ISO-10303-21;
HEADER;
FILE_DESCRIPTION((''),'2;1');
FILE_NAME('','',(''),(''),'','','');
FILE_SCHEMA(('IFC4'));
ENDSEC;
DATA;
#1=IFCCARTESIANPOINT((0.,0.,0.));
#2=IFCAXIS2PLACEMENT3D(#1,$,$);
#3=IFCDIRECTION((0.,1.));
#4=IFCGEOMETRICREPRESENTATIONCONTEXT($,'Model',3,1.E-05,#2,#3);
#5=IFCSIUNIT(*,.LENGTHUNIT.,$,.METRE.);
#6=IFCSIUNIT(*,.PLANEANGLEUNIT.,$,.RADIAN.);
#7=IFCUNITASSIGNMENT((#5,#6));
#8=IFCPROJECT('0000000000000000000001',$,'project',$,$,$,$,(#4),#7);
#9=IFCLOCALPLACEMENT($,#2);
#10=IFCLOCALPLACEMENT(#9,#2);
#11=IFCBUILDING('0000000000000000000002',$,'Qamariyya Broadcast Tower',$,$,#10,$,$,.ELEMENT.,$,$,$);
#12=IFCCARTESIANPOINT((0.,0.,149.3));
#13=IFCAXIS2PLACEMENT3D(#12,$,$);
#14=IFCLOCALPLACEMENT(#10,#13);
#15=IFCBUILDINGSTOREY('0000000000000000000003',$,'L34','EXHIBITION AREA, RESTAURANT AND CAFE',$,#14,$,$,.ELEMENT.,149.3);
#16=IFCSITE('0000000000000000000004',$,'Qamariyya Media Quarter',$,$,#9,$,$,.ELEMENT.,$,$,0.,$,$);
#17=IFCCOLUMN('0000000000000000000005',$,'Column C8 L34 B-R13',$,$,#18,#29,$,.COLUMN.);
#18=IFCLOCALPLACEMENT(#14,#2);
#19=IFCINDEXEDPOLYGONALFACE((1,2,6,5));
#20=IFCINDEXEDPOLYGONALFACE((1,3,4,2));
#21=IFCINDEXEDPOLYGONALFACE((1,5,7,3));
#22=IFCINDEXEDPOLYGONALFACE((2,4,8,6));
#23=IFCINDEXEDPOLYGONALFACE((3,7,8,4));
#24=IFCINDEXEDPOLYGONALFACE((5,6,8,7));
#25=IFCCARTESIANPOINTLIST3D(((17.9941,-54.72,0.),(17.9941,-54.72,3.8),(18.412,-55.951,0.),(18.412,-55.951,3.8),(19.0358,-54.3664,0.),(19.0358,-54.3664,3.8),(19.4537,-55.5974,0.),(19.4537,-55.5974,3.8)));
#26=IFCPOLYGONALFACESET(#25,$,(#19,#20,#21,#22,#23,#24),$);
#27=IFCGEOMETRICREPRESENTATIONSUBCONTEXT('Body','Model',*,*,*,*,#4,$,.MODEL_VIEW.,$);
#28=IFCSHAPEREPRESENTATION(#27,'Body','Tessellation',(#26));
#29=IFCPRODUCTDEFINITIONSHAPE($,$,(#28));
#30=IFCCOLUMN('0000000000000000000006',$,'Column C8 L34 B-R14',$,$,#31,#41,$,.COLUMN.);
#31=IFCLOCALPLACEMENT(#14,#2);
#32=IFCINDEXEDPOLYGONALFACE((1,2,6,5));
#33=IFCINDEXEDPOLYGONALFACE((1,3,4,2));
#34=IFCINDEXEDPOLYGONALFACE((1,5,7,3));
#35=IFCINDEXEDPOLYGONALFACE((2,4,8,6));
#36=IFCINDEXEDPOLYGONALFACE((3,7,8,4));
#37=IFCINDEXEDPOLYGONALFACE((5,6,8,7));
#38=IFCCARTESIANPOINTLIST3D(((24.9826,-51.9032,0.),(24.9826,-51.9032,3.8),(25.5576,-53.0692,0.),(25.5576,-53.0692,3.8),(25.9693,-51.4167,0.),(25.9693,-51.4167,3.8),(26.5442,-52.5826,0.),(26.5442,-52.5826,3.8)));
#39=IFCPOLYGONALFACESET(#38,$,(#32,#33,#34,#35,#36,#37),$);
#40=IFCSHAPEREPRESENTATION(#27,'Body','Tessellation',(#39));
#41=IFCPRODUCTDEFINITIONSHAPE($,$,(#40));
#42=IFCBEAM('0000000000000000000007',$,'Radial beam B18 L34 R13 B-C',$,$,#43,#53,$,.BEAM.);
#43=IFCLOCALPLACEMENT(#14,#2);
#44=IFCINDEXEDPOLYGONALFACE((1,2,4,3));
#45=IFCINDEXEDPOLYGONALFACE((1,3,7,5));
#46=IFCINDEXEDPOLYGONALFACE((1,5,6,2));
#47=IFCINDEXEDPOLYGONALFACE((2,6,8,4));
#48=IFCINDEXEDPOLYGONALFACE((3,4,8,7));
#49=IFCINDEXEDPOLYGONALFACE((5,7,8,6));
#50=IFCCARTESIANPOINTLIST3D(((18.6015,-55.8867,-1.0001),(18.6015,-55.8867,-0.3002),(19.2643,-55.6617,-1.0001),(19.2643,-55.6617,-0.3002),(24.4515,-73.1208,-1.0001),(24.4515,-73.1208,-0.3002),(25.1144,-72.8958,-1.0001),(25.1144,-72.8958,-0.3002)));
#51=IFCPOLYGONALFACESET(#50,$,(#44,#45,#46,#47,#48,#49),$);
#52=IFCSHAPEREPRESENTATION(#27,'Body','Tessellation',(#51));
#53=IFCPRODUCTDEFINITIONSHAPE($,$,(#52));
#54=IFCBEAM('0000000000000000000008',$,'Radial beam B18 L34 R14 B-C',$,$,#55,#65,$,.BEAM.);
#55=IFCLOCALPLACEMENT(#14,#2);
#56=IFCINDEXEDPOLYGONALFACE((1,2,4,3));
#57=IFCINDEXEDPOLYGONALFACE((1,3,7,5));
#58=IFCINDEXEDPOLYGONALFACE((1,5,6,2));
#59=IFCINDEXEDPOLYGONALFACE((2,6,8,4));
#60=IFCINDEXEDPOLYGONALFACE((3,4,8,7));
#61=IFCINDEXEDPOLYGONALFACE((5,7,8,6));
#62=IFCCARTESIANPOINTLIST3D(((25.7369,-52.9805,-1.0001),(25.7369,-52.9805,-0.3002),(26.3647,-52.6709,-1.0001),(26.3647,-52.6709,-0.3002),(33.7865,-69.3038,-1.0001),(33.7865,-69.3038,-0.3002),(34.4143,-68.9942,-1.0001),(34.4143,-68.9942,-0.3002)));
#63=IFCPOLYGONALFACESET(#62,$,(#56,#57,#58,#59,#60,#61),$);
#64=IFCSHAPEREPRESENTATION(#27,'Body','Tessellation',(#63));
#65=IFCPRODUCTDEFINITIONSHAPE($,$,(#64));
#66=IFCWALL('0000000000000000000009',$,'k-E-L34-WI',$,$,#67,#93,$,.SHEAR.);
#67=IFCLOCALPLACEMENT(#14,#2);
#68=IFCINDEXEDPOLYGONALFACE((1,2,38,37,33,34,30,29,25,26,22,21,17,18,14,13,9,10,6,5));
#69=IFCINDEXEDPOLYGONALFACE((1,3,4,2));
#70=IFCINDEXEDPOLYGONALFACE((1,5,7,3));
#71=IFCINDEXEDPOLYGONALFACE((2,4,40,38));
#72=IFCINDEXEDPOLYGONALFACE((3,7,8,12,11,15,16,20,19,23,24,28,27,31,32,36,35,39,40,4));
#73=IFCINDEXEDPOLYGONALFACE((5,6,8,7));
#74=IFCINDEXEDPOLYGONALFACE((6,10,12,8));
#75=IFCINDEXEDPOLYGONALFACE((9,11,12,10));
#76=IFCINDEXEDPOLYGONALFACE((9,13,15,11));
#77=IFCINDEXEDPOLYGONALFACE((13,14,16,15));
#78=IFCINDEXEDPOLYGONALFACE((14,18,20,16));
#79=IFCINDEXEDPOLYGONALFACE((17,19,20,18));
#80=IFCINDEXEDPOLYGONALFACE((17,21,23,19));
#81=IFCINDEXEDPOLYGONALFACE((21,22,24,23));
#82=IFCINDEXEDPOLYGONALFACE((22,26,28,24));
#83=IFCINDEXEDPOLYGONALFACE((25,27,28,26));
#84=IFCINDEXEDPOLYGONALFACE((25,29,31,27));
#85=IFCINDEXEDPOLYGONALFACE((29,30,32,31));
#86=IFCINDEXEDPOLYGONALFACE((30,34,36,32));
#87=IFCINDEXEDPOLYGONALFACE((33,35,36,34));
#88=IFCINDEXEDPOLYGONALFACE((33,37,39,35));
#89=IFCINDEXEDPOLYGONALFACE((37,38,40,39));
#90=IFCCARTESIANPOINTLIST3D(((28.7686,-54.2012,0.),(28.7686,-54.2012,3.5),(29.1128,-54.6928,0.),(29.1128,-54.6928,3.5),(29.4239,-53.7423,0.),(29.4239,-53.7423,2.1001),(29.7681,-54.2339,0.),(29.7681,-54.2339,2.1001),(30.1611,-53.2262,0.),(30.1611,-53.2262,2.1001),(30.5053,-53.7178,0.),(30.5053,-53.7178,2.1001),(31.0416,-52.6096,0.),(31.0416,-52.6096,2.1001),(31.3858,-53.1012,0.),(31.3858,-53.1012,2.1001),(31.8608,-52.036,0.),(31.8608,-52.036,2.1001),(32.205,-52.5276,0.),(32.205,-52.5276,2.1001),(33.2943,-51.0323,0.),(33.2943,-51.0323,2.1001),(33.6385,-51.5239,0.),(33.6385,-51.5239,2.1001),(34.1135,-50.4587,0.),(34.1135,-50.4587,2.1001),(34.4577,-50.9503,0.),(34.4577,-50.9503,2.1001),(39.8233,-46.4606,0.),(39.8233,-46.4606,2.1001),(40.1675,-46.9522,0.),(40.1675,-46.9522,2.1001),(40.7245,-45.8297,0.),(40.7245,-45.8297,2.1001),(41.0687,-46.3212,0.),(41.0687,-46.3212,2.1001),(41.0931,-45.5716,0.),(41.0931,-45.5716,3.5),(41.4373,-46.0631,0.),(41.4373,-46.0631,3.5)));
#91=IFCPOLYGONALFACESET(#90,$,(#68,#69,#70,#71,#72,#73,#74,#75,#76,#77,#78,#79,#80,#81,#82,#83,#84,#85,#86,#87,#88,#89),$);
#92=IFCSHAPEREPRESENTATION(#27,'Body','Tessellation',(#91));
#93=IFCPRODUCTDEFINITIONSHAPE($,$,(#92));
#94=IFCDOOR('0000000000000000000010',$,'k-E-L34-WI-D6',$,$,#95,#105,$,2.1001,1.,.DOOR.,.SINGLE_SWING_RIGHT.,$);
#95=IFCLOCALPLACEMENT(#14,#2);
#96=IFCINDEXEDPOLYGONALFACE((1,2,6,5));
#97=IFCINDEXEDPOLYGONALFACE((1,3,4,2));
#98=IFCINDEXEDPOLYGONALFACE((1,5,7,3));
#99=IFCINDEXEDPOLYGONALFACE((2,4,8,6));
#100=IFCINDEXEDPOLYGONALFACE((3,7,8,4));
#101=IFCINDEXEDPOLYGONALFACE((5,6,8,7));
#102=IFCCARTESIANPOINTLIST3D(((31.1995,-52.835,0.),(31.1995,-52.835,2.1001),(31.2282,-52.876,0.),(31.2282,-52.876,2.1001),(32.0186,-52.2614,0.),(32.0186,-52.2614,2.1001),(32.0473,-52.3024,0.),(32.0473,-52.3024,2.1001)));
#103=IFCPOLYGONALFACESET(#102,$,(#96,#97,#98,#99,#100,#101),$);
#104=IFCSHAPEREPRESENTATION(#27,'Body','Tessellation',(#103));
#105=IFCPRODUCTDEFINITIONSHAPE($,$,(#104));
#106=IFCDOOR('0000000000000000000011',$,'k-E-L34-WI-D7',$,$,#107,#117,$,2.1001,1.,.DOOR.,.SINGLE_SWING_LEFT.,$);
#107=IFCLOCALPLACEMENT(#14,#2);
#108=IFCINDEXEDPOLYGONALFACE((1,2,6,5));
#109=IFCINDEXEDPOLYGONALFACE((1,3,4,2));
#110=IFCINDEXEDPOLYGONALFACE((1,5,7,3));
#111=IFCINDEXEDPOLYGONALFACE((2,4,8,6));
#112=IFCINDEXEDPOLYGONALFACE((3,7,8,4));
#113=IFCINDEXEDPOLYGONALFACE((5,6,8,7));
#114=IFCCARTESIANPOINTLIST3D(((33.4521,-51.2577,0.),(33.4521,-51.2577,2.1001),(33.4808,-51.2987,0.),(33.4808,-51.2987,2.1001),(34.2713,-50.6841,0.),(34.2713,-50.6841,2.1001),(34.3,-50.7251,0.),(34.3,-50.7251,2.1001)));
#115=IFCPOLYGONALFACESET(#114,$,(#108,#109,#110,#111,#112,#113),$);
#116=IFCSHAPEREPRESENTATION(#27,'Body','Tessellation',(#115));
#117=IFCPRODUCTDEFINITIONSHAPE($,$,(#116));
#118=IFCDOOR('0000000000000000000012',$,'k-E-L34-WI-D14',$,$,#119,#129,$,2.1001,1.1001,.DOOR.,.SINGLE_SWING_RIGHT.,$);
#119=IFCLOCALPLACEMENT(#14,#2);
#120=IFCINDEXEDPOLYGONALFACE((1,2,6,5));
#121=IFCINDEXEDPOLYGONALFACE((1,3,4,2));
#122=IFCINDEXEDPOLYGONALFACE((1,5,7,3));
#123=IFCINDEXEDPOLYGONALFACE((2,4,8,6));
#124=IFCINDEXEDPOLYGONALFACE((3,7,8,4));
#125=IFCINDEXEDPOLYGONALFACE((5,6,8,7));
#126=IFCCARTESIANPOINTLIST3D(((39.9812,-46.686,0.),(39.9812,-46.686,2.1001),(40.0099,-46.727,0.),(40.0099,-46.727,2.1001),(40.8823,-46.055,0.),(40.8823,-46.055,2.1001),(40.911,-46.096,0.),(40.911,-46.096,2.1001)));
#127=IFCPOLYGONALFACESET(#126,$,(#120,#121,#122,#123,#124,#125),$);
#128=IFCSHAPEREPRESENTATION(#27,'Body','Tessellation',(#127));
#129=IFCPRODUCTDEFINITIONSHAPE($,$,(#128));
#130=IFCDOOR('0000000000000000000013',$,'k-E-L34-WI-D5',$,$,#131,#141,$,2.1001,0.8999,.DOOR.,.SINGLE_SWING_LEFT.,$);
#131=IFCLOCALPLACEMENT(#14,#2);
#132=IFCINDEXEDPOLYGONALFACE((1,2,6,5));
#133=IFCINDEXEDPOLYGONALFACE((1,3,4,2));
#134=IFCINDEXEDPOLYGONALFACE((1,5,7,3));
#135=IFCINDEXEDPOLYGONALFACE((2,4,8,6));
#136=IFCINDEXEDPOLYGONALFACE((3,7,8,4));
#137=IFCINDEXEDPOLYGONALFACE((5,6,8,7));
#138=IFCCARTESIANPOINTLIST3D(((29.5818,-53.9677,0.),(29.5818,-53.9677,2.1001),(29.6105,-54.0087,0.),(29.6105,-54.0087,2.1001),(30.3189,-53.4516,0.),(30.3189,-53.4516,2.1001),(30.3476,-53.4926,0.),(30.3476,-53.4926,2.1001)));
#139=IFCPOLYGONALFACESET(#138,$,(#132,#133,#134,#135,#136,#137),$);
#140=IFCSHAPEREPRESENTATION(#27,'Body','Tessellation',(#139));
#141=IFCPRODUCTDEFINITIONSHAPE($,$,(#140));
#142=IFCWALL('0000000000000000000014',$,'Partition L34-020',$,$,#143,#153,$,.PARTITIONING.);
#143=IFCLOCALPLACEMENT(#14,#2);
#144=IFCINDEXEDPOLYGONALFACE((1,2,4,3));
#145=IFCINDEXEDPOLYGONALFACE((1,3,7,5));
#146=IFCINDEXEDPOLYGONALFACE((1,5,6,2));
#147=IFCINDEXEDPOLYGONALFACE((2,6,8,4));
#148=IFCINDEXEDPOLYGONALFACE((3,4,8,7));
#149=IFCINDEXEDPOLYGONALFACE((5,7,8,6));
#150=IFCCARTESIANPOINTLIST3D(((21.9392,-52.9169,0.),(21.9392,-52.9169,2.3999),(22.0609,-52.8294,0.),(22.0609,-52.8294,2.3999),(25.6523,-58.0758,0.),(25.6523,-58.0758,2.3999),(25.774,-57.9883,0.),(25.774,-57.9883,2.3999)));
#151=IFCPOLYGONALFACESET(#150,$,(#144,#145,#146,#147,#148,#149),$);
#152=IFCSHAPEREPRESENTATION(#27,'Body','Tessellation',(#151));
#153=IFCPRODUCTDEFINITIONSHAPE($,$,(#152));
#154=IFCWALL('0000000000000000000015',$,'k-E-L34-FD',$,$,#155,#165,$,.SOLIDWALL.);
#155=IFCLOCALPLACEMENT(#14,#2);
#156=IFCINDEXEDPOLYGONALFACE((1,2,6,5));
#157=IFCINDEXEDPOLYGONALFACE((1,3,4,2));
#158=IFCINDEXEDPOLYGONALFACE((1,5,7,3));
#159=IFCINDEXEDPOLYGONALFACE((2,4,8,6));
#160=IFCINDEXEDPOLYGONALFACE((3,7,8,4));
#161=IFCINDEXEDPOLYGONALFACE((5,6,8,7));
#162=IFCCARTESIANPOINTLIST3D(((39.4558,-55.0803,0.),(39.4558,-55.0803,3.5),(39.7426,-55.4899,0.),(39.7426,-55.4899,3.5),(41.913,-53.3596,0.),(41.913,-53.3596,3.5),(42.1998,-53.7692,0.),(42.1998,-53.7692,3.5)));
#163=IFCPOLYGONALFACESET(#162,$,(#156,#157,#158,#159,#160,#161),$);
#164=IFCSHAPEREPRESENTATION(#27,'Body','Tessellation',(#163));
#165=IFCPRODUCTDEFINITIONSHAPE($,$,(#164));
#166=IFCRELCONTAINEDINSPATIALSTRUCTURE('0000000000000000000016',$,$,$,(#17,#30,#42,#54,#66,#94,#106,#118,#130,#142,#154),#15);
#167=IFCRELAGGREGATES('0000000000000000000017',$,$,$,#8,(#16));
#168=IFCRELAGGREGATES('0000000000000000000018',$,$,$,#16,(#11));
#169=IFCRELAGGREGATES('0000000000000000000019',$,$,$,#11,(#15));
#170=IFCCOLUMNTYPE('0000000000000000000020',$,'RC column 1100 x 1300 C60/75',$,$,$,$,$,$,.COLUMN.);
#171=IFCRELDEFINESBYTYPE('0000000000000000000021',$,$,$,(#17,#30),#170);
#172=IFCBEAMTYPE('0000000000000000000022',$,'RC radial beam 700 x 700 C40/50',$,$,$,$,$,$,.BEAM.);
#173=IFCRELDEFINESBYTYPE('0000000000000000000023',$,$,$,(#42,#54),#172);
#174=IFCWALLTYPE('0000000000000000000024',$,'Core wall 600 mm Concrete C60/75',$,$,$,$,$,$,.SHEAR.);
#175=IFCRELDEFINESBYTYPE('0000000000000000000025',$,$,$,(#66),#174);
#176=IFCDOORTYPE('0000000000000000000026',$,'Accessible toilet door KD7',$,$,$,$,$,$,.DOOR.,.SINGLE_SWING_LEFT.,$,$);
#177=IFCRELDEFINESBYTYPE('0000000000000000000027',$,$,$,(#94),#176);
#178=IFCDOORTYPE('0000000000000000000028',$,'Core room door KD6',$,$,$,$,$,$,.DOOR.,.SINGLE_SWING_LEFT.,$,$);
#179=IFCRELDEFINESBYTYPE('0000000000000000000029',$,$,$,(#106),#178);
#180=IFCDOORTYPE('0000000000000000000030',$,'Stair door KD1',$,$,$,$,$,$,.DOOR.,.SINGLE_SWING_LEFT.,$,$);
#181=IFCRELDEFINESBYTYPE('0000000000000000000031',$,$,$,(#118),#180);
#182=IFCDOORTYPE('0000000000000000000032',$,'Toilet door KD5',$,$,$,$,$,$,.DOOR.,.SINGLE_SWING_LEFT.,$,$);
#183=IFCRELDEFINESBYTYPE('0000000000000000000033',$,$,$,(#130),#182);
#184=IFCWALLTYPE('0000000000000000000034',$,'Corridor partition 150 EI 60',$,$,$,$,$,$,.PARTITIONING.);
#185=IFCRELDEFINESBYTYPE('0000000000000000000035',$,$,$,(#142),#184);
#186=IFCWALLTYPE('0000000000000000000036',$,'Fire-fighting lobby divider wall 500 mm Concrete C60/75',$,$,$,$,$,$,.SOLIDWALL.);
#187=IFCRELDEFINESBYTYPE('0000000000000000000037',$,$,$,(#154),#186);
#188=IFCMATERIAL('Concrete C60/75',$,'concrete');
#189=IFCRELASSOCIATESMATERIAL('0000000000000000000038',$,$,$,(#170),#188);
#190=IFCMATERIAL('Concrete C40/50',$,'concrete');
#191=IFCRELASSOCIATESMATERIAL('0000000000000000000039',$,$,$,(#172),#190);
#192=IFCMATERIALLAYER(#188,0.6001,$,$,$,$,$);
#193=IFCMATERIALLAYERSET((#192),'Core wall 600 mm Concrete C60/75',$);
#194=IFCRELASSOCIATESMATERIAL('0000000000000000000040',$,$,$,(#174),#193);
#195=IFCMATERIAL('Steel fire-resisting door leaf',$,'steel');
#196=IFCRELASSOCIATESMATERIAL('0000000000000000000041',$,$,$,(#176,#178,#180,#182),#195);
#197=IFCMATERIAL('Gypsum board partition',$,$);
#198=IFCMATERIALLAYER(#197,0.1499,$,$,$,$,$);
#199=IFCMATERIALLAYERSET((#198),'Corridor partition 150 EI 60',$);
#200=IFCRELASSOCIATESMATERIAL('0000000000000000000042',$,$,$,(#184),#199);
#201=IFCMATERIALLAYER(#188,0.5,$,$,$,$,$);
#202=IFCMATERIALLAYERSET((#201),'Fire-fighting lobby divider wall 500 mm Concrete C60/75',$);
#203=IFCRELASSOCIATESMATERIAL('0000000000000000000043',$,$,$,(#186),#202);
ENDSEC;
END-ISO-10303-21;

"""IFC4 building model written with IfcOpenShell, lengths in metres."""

from ifc_helpers import new_model, si_unit, direction, frame, frame_2d, origin, origin_2d, place, context, subcontext, project, spatial, rectangle, extrude, material, layer, layer_set, material_profile, profile_set, type_object, element, fill, save


model = new_model("IFC4")

# Units and contexts
model_context = context("Model", 3, precision=1e-05, world=origin(), true_north=direction((0.0, 1.0)))
body_context = subcontext(model_context, "Body", "Model", "MODEL_VIEW")
ifc_project = project(units=[si_unit("LENGTHUNIT", "METRE"), si_unit("PLANEANGLEUNIT", "RADIAN")], contexts=[model_context])

# Site, building, storey
site_placement = place(None, origin())
site = spatial("IfcSite", under=ifc_project, at=site_placement, Name="Qamariyya Media Quarter", CompositionType="ELEMENT", RefElevation=0.0)
building_placement = place(site_placement, origin())
building = spatial("IfcBuilding", under=site, at=building_placement, Name="Qamariyya Broadcast Tower", CompositionType="ELEMENT")
storey_placement = place(building_placement, frame((0.0, 0.0, 149.3)))
storey = spatial("IfcBuildingStorey", under=building, at=storey_placement, Name="L34", Description="EXHIBITION AREA, RESTAURANT AND CAFE", CompositionType="ELEMENT", Elevation=149.3)

# Columns
ifc_material_1 = material(Name="Concrete C60/75", Category="concrete")
ifc_material_profile_1 = material_profile(ifc_material_1, rectangle(XDim=1.1001, YDim=1.3, at=origin_2d()))
ifc_profile_set_1 = profile_set([ifc_material_profile_1], Name="Concrete C60/75")
column_type = type_object("IfcColumnType", Name="RC column 1100 x 1300 C60/75", PredefinedType="COLUMN", material=ifc_profile_set_1)
for number, where, z_axis, x_axis, name in (
    (1, (18.7239, -55.1587, 0.0), (0.0, 0.0, 1.0), (0.94693, 0.321439, 0.0), "Column C8 L34 B-R13"),
    (2, (25.7634, -52.2429, 0.0), (0.0, 0.0, 1.0), (0.896873, 0.442289, 0.0), "Column C8 L34 B-R14"),
):
    element("IfcColumn", number, at=place(storey_placement, frame(where, z_axis=z_axis, x_axis=x_axis)), inside=storey, type_object=column_type, Name=name, PredefinedType="COLUMN", context=body_context, shape_type="SweptSolid", body=[
        extrude(rectangle(XDim=1.1001, YDim=1.3, at=origin_2d()), origin(), (0.0, 0.0, 1.0), 3.8),
    ])

# Beams
ifc_material_2 = material(Name="Concrete C40/50", Category="concrete")
ifc_material_profile_2 = material_profile(ifc_material_2, rectangle(XDim=0.7, YDim=0.7, at=origin_2d()))
ifc_profile_set_2 = profile_set([ifc_material_profile_2], Name="Concrete C40/50")
beam_type = type_object("IfcBeamType", Name="RC radial beam 700 x 700 C40/50", PredefinedType="BEAM", material=ifc_profile_set_2)
beam_1_placement = place(storey_placement, frame((18.9329, -55.7742, -0.6501), z_axis=(0.321434, -0.946932, 0.0), x_axis=(0.946932, 0.321434, 0.0)))
element("IfcBeam", 3, at=beam_1_placement, inside=storey, type_object=beam_type, Name="Radial beam B18 L34 R13 B-C", PredefinedType="BEAM", context=body_context, shape_type="SweptSolid", body=[
    extrude(rectangle(XDim=0.7, YDim=0.7, at=origin_2d()), origin(), (0.0, 0.0, 1.0), 18.2),
])
beam_2_placement = place(storey_placement, frame((26.0508, -52.8257, -0.6501), z_axis=(0.442281, -0.896876, 0.0), x_axis=(0.896876, 0.442281, 0.0)))
element("IfcBeam", 4, at=beam_2_placement, inside=storey, type_object=beam_type, Name="Radial beam B18 L34 R14 B-C", PredefinedType="BEAM", context=body_context, shape_type="SweptSolid", body=[
    extrude(rectangle(XDim=0.7, YDim=0.7, at=origin_2d()), origin(), (0.0, 0.0, 1.0), 18.2002),
])

# Wall, openings, doors
ifc_layer_1 = layer(ifc_material_1, 0.6001)
ifc_layer_set_1 = layer_set([ifc_layer_1], Name="Core wall 600 mm Concrete C60/75")
wall_type_1 = type_object("IfcWallType", Name="Core wall 600 mm Concrete C60/75", PredefinedType="SHEAR", material=ifc_layer_set_1)
wall_1_placement = place(storey_placement, frame((28.9407, -54.447, 0.0), z_axis=(0.0, 0.0, 1.0), x_axis=(0.819153, 0.573575, 0.0)))
wall_1 = element("IfcWall", 5, at=wall_1_placement, inside=storey, type_object=wall_type_1, Name="k-E-L34-WI", PredefinedType="SHEAR", context=body_context, shape_type="SweptSolid", body=[
    extrude(rectangle(XDim=15.0454, YDim=0.6001, at=frame_2d((7.5227, 0.0))), origin(), (0.0, 0.0, 1.0), 3.5),
])
opening_1_placement = place(wall_1_placement, frame((0.8, 0.0, 0.0)))
opening_1 = element("IfcOpeningElement", 6, at=opening_1_placement, cuts=wall_1, PredefinedType="OPENING", context=body_context, shape_type="SweptSolid", body=[
    extrude(rectangle(XDim=0.8999, YDim=2.1001, at=frame_2d((0.45, 1.05))), frame((0.0, 0.3101, 0.0), z_axis=(0.0, -1.0, 0.0), x_axis=(1.0, 0.0, 0.0)), (0.0, 0.0, 1.0), 0.6201),
])
opening_2_placement = place(wall_1_placement, frame((2.7749, 0.0, 0.0)))
opening_2 = element("IfcOpeningElement", 7, at=opening_2_placement, cuts=wall_1, PredefinedType="OPENING", context=body_context, shape_type="SweptSolid", body=[
    extrude(rectangle(XDim=1.0, YDim=2.1001, at=frame_2d((0.5, 1.05))), frame((0.0, 0.3101, 0.0), z_axis=(0.0, -1.0, 0.0), x_axis=(1.0, 0.0, 0.0)), (0.0, 0.0, 1.0), 0.6201),
])
opening_3_placement = place(wall_1_placement, frame((5.5249, 0.0, 0.0)))
opening_3 = element("IfcOpeningElement", 8, at=opening_3_placement, cuts=wall_1, PredefinedType="OPENING", context=body_context, shape_type="SweptSolid", body=[
    extrude(rectangle(XDim=1.0, YDim=2.1001, at=frame_2d((0.5, 1.05))), frame((0.0, 0.3101, 0.0), z_axis=(0.0, -1.0, 0.0), x_axis=(1.0, 0.0, 0.0)), (0.0, 0.0, 1.0), 0.6201),
])
opening_4_placement = place(wall_1_placement, frame((13.4954, 0.0, 0.0)))
opening_4 = element("IfcOpeningElement", 9, at=opening_4_placement, cuts=wall_1, PredefinedType="OPENING", context=body_context, shape_type="SweptSolid", body=[
    extrude(rectangle(XDim=1.1001, YDim=2.1001, at=frame_2d((0.55, 1.05))), frame((0.0, 0.3101, 0.0), z_axis=(0.0, -1.0, 0.0), x_axis=(1.0, 0.0, 0.0)), (0.0, 0.0, 1.0), 0.6201),
])
ifc_material_3 = material(Name="Steel fire-resisting door leaf", Category="steel")
door_type_1 = type_object("IfcDoorType", Name="Accessible toilet door KD7", OperationType="SINGLE_SWING_LEFT", PredefinedType="DOOR", material=ifc_material_3)
door_1_placement = place(opening_2_placement, origin())
door_1 = element("IfcDoor", 10, at=door_1_placement, inside=storey, type_object=door_type_1, Name="k-E-L34-WI-D6", OperationType="SINGLE_SWING_RIGHT", OverallHeight=2.1001, OverallWidth=1.0, PredefinedType="DOOR", context=body_context, shape_type="SweptSolid", body=[
    extrude(rectangle(XDim=1.0, YDim=2.1001, at=frame_2d((0.5, 1.05))), frame((0.0, 0.0249, 0.0), z_axis=(0.0, -1.0, 0.0), x_axis=(1.0, 0.0, 0.0)), (0.0, 0.0, 1.0), 0.05),
])
fill(opening_2, door_1)
door_type_2 = type_object("IfcDoorType", Name="Core room door KD6", OperationType="SINGLE_SWING_LEFT", PredefinedType="DOOR", material=ifc_material_3)
door_2_placement = place(opening_3_placement, origin())
door_2 = element("IfcDoor", 11, at=door_2_placement, inside=storey, type_object=door_type_2, Name="k-E-L34-WI-D7", OperationType="SINGLE_SWING_LEFT", OverallHeight=2.1001, OverallWidth=1.0, PredefinedType="DOOR", context=body_context, shape_type="SweptSolid", body=[
    extrude(rectangle(XDim=1.0, YDim=2.1001, at=frame_2d((0.5, 1.05))), frame((0.0, 0.0249, 0.0), z_axis=(0.0, -1.0, 0.0), x_axis=(1.0, 0.0, 0.0)), (0.0, 0.0, 1.0), 0.05),
])
fill(opening_3, door_2)
door_type_3 = type_object("IfcDoorType", Name="Stair door KD1", OperationType="SINGLE_SWING_LEFT", PredefinedType="DOOR", material=ifc_material_3)
door_3_placement = place(opening_4_placement, origin())
door_3 = element("IfcDoor", 12, at=door_3_placement, inside=storey, type_object=door_type_3, Name="k-E-L34-WI-D14", OperationType="SINGLE_SWING_RIGHT", OverallHeight=2.1001, OverallWidth=1.1001, PredefinedType="DOOR", context=body_context, shape_type="SweptSolid", body=[
    extrude(rectangle(XDim=1.1001, YDim=2.1001, at=frame_2d((0.55, 1.05))), frame((0.0, 0.0249, 0.0), z_axis=(0.0, -1.0, 0.0), x_axis=(1.0, 0.0, 0.0)), (0.0, 0.0, 1.0), 0.05),
])
fill(opening_4, door_3)
door_type_4 = type_object("IfcDoorType", Name="Toilet door KD5", OperationType="SINGLE_SWING_LEFT", PredefinedType="DOOR", material=ifc_material_3)
door_4_placement = place(opening_1_placement, origin())
door_4 = element("IfcDoor", 13, at=door_4_placement, inside=storey, type_object=door_type_4, Name="k-E-L34-WI-D5", OperationType="SINGLE_SWING_LEFT", OverallHeight=2.1001, OverallWidth=0.8999, PredefinedType="DOOR", context=body_context, shape_type="SweptSolid", body=[
    extrude(rectangle(XDim=0.8999, YDim=2.1001, at=frame_2d((0.45, 1.05))), frame((0.0, 0.0249, 0.0), z_axis=(0.0, -1.0, 0.0), x_axis=(1.0, 0.0, 0.0)), (0.0, 0.0, 1.0), 0.05),
])
fill(opening_1, door_4)

# Walls
ifc_material_4 = material(Name="Gypsum board partition")
ifc_layer_2 = layer(ifc_material_4, 0.1499)
ifc_layer_set_2 = layer_set([ifc_layer_2], Name="Corridor partition 150 EI 60")
wall_type_2 = type_object("IfcWallType", Name="Corridor partition 150 EI 60", PredefinedType="PARTITIONING", material=ifc_layer_set_2)
wall_2_placement = place(storey_placement, frame((22.0, -52.873, 0.0), z_axis=(0.0, 0.0, 1.0), x_axis=(0.58417, -0.811631, 0.0)))
element("IfcWall", 14, at=wall_2_placement, inside=storey, type_object=wall_type_2, Name="Partition L34-020", PredefinedType="PARTITIONING", context=body_context, shape_type="SweptSolid", body=[
    extrude(rectangle(XDim=6.3562, YDim=0.1499, at=frame_2d((3.1782, 0.0))), origin(), (0.0, 0.0, 1.0), 2.3999),
])
ifc_layer_3 = layer(ifc_material_1, 0.5)
ifc_layer_set_3 = layer_set([ifc_layer_3], Name="Fire-fighting lobby divider wall 500 mm Concrete C60/75")
wall_type_3 = type_object("IfcWallType", Name="Fire-fighting lobby divider wall 500 mm Concrete C60/75", PredefinedType="SOLIDWALL", material=ifc_layer_set_3)
wall_3_placement = place(storey_placement, frame((39.5991, -55.2852, 0.0), z_axis=(0.0, 0.0, 1.0), x_axis=(0.819136, 0.573599, 0.0)))
element("IfcWall", 15, at=wall_3_placement, inside=storey, type_object=wall_type_3, Name="k-E-L34-FD", PredefinedType="SOLIDWALL", context=body_context, shape_type="SweptSolid", body=[
    extrude(rectangle(XDim=2.9998, YDim=0.5, at=frame_2d((1.5, 0.0))), origin(), (0.0, 0.0, 1.0), 3.5),
])

save(model, "model.ifc")
